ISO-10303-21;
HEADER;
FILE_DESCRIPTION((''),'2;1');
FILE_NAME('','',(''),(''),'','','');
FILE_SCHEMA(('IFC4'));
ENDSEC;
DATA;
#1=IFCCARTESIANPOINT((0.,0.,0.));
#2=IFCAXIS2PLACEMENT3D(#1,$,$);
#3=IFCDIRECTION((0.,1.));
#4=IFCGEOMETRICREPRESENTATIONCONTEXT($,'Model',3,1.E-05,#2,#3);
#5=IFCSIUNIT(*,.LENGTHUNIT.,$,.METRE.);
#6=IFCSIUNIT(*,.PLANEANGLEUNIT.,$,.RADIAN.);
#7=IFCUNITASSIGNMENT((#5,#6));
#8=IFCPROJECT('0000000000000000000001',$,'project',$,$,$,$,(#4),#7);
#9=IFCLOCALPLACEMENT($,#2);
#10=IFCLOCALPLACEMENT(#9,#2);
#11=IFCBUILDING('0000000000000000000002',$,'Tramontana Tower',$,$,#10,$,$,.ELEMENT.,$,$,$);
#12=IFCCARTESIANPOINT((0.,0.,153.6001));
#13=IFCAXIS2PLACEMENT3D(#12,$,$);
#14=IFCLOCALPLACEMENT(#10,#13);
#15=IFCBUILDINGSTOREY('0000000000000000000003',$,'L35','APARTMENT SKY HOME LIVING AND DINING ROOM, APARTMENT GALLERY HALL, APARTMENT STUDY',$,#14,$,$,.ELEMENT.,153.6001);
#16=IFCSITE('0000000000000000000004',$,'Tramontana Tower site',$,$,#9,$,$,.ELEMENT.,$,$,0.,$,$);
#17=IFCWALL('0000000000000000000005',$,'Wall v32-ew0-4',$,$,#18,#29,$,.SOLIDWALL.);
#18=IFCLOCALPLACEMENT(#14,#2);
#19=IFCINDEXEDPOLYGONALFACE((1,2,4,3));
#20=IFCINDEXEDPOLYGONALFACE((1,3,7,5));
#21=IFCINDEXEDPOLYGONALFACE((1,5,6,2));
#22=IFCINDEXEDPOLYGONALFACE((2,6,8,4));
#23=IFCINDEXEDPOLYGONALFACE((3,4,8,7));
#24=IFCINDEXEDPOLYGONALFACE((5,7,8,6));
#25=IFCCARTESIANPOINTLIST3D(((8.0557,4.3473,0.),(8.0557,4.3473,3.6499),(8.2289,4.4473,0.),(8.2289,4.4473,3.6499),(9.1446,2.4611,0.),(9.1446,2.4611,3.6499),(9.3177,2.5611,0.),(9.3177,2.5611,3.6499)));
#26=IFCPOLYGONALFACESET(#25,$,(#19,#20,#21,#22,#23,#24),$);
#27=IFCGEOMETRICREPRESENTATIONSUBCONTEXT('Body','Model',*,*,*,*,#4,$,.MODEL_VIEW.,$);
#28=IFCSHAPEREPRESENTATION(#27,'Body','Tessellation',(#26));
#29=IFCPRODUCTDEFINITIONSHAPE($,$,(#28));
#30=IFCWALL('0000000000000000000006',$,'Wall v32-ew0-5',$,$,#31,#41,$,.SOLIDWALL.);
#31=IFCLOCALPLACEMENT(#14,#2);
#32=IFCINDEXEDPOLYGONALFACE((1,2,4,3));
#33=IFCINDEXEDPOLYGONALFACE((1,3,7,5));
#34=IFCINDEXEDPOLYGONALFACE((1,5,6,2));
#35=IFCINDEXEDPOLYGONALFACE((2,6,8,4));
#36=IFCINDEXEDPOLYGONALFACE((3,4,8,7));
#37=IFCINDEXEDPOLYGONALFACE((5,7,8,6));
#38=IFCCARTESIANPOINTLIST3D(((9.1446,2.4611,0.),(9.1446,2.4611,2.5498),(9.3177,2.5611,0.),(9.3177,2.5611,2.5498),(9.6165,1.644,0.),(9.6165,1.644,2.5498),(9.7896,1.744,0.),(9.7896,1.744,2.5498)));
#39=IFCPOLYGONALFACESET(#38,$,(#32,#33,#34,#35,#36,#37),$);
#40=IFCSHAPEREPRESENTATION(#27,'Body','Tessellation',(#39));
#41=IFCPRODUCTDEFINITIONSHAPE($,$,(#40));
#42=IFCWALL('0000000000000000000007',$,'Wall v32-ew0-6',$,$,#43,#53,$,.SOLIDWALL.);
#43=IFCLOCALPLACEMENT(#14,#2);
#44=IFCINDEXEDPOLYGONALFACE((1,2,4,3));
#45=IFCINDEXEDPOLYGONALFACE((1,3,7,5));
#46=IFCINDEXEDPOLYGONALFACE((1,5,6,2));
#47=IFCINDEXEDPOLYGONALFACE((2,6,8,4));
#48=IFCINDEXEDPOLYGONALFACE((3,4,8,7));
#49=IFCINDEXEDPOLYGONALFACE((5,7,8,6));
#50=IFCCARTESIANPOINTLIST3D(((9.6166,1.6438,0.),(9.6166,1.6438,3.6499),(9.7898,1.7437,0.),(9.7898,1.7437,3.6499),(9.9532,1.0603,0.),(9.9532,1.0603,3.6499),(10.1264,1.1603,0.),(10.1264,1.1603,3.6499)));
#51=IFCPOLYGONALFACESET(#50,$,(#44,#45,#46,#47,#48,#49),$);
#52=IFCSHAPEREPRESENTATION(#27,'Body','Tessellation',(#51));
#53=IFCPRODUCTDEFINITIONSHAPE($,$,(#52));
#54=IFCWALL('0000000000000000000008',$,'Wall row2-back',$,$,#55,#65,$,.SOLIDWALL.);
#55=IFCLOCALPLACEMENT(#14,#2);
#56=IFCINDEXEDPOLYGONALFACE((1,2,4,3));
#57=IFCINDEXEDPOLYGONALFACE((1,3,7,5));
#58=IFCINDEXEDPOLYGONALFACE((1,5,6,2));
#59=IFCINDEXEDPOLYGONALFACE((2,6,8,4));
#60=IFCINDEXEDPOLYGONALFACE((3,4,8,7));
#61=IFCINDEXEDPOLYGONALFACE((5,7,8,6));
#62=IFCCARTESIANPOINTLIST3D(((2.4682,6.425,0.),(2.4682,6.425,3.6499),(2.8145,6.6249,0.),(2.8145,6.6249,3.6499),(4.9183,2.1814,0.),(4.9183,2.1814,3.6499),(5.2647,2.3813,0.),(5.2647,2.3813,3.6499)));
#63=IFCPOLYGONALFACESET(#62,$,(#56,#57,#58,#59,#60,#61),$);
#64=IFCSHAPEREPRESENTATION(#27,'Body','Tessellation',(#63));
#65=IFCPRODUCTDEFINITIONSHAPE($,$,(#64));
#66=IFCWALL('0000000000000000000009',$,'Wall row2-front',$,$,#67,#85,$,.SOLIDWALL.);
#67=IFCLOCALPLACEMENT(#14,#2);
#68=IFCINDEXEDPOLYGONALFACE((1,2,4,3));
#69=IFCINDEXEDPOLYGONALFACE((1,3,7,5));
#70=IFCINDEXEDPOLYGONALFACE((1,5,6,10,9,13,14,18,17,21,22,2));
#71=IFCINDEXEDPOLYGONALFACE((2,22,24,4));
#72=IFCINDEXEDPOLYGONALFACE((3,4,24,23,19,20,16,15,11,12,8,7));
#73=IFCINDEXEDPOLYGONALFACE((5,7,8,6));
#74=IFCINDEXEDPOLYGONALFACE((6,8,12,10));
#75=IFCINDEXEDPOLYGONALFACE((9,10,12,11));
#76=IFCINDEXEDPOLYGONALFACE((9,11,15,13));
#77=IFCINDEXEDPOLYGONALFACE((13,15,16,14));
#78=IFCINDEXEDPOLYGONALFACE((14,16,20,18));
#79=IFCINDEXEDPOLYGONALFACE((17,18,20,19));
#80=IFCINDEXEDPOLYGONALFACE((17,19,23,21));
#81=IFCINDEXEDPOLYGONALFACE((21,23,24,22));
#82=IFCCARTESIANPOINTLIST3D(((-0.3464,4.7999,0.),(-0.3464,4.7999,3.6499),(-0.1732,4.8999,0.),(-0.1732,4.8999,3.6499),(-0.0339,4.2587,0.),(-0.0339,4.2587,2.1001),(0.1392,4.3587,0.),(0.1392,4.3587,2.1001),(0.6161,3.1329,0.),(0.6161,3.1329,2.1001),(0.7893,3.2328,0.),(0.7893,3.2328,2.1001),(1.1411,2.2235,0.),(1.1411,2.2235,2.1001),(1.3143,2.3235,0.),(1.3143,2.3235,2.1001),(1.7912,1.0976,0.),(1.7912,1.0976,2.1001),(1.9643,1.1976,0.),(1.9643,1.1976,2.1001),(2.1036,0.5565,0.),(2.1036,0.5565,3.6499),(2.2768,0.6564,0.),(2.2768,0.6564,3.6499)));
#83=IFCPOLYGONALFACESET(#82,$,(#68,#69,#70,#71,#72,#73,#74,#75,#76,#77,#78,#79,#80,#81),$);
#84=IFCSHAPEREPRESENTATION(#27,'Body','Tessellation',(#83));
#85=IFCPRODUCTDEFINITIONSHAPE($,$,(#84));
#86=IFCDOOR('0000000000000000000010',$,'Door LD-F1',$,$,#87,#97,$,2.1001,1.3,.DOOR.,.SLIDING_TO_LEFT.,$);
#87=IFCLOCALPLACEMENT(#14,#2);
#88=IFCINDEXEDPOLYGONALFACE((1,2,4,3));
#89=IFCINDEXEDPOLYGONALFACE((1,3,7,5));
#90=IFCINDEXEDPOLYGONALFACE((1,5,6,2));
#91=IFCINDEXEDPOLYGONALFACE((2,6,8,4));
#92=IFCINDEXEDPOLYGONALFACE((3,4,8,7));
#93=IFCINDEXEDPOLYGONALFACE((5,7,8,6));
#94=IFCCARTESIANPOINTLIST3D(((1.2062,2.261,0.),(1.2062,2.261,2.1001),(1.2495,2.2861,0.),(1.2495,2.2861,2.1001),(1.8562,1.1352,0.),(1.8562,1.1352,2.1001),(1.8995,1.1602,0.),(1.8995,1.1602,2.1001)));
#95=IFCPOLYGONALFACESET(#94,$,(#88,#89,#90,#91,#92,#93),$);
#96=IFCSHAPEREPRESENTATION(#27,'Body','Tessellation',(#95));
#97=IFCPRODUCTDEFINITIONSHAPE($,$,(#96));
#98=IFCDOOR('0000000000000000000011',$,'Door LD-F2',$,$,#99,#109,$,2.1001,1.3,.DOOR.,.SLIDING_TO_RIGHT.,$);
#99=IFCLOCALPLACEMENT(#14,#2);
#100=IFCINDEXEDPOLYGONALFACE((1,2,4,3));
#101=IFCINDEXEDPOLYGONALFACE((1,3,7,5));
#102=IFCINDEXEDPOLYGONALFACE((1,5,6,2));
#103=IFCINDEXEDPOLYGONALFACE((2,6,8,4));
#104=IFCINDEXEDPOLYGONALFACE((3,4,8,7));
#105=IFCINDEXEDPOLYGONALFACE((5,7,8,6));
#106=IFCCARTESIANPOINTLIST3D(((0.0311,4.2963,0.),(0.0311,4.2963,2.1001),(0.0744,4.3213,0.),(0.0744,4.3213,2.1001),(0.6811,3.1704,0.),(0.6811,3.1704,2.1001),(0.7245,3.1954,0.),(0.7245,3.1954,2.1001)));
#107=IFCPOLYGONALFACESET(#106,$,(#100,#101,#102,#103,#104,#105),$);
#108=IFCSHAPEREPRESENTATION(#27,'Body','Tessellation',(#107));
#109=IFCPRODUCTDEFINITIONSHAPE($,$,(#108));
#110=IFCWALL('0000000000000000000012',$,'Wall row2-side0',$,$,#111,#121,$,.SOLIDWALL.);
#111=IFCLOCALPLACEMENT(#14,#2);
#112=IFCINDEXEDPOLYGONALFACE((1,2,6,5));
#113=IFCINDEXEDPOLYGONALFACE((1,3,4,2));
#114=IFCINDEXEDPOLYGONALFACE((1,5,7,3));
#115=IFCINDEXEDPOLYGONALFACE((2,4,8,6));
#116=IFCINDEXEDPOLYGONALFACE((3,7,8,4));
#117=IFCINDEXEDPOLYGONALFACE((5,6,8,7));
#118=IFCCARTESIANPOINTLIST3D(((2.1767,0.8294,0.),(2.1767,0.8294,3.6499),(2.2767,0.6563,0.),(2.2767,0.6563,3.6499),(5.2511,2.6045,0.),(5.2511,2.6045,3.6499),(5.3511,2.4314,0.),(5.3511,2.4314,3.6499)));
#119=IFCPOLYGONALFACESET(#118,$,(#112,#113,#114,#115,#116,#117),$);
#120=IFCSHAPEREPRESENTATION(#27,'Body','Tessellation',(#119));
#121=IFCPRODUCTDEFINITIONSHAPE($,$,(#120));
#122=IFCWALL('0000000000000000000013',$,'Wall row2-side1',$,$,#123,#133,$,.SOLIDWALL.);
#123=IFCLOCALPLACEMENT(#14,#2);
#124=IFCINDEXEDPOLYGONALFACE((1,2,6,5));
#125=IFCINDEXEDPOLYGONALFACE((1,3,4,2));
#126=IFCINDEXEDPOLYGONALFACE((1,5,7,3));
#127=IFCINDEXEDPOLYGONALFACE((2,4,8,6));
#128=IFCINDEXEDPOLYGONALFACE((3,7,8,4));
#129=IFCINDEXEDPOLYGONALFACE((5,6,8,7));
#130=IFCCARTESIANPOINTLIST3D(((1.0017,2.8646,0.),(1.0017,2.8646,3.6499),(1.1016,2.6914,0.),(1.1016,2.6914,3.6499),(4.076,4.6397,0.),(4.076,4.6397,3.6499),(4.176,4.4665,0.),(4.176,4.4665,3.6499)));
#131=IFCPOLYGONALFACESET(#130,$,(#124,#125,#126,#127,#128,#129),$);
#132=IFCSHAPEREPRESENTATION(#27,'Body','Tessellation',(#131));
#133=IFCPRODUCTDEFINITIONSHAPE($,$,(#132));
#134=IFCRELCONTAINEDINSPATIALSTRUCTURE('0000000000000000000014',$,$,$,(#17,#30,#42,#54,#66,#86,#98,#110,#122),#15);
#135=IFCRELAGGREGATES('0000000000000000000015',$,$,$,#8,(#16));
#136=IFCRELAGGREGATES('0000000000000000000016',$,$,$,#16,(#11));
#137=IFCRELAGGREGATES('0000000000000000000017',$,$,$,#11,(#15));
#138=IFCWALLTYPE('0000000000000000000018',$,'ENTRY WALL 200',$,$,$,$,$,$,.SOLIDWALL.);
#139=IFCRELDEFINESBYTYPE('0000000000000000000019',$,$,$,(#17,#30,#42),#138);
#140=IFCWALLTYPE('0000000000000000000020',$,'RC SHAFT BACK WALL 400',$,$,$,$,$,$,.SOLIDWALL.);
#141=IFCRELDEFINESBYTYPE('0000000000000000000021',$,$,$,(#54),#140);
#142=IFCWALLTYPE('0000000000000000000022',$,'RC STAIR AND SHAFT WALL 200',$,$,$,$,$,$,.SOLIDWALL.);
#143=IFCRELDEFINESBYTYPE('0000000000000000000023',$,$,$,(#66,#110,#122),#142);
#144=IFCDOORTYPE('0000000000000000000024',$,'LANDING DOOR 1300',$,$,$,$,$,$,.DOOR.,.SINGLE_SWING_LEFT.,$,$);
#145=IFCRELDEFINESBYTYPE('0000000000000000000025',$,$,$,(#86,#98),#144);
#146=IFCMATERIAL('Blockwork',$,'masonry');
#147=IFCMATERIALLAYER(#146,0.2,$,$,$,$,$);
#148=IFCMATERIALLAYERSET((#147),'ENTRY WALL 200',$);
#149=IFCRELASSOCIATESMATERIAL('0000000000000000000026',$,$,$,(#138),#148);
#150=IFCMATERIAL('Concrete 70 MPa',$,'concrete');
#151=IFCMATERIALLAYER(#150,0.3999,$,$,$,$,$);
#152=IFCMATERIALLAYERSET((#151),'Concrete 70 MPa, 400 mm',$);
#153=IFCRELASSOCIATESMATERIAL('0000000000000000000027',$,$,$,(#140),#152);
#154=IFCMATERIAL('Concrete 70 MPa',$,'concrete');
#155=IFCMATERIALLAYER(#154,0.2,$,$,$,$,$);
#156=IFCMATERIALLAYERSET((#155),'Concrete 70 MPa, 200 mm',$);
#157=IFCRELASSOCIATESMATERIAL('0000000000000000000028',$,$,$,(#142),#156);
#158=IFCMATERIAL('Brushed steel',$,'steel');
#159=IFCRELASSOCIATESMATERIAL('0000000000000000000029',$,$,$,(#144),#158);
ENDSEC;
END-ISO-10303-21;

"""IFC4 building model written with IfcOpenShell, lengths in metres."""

from ifc_helpers import new_model, si_unit, direction, frame, frame_2d, origin, place, context, subcontext, project, spatial, rectangle, extrude, material, layer, layer_set, type_object, element, fill, save


model = new_model("IFC4")

# Units and contexts
model_context = context("Model", 3, precision=1e-05, world=origin(), true_north=direction((0.0, 1.0)))
body_context = subcontext(model_context, "Body", "Model", "MODEL_VIEW")
ifc_project = project(units=[si_unit("LENGTHUNIT", "METRE"), si_unit("PLANEANGLEUNIT", "RADIAN")], contexts=[model_context])

# Site, building, storey
site_placement = place(None, origin())
site = spatial("IfcSite", under=ifc_project, at=site_placement, Name="Tramontana Tower site", CompositionType="ELEMENT", RefElevation=0.0)
building_placement = place(site_placement, origin())
building = spatial("IfcBuilding", under=site, at=building_placement, Name="Tramontana Tower", CompositionType="ELEMENT")
storey_placement = place(building_placement, frame((0.0, 0.0, 153.6001)))
storey = spatial("IfcBuildingStorey", under=building, at=storey_placement, Name="L35", Description="APARTMENT SKY HOME LIVING AND DINING ROOM, APARTMENT GALLERY HALL, APARTMENT STUDY", CompositionType="ELEMENT", Elevation=153.6001)

# Walls
ifc_material_1 = material(Name="Blockwork", Category="masonry")
ifc_layer_1 = layer(ifc_material_1, 0.2)
ifc_layer_set_1 = layer_set([ifc_layer_1], Name="ENTRY WALL 200")
wall_type_1 = type_object("IfcWallType", Name="ENTRY WALL 200", PredefinedType="SOLIDWALL", material=ifc_layer_set_1)
wall_1_placement = place(storey_placement, frame((8.1423, 4.3972, 0.0), z_axis=(0.0, 0.0, 1.0), x_axis=(0.499949, -0.866055, 0.0)))
element("IfcWall", 1, at=wall_1_placement, inside=storey, type_object=wall_type_1, Name="Wall v32-ew0-4", PredefinedType="SOLIDWALL", context=body_context, shape_type="SweptSolid", body=[
    extrude(rectangle(XDim=2.178, YDim=0.2, at=frame_2d((1.0889, 0.0))), origin(), (0.0, 0.0, 1.0), 3.6499),
])
wall_2_placement = place(storey_placement, frame((9.2312, 2.511, 0.0), z_axis=(0.0, 0.0, 1.0), x_axis=(0.500118, -0.865957, 0.0)))
element("IfcWall", 2, at=wall_2_placement, inside=storey, type_object=wall_type_1, Name="Wall v32-ew0-5", PredefinedType="SOLIDWALL", context=body_context, shape_type="SweptSolid", body=[
    extrude(rectangle(XDim=0.9436, YDim=0.2, at=frame_2d((0.4717, 0.0))), origin(), (0.0, 0.0, 1.0), 2.5498),
])
wall_3_placement = place(storey_placement, frame((9.7031, 1.6938, 0.0), z_axis=(0.0, 0.0, 1.0), x_axis=(0.499764, -0.866161, 0.0)))
element("IfcWall", 3, at=wall_3_placement, inside=storey, type_object=wall_type_1, Name="Wall v32-ew0-6", PredefinedType="SOLIDWALL", context=body_context, shape_type="SweptSolid", body=[
    extrude(rectangle(XDim=0.6736, YDim=0.2, at=frame_2d((0.3369, 0.0))), origin(), (0.0, 0.0, 1.0), 3.6499),
])

# Wall
ifc_material_2 = material(Name="Concrete 70 MPa", Category="concrete")
ifc_layer_2 = layer(ifc_material_2, 0.3999)
ifc_layer_set_2 = layer_set([ifc_layer_2], Name="Concrete 70 MPa, 400 mm")
wall_type_2 = type_object("IfcWallType", Name="RC SHAFT BACK WALL 400", PredefinedType="SOLIDWALL", material=ifc_layer_set_2)
wall_4_placement = place(storey_placement, frame((5.0916, 2.2812, 0.0), z_axis=(0.0, 0.0, 1.0), x_axis=(-0.500019, 0.866015, 0.0)))
element("IfcWall", 4, at=wall_4_placement, inside=storey, type_object=wall_type_2, Name="Wall row2-back", PredefinedType="SOLIDWALL", context=body_context, shape_type="SweptSolid", body=[
    extrude(rectangle(XDim=4.9001, YDim=0.3999, at=frame_2d((2.4502, 0.0))), origin(), (0.0, 0.0, 1.0), 3.6499),
])

# Shared definitions
ifc_material_3 = material(Name="Concrete 70 MPa", Category="concrete")
ifc_layer_3 = layer(ifc_material_3, 0.2)
ifc_layer_set_3 = layer_set([ifc_layer_3], Name="Concrete 70 MPa, 200 mm")
wall_type_3 = type_object("IfcWallType", Name="RC STAIR AND SHAFT WALL 200", PredefinedType="SOLIDWALL", material=ifc_layer_set_3)

# Wall, openings, doors
wall_5_placement = place(storey_placement, frame((2.1902, 0.6064, 0.0), z_axis=(0.0, 0.0, 1.0), x_axis=(-0.500003, 0.866024, 0.0)))
wall_5 = element("IfcWall", 5, at=wall_5_placement, inside=storey, type_object=wall_type_3, Name="Wall row2-front", PredefinedType="SOLIDWALL", context=body_context, shape_type="SweptSolid", body=[
    extrude(rectangle(XDim=4.8999, YDim=0.2, at=frame_2d((2.45, 0.0))), origin(), (0.0, 0.0, 1.0), 3.6499),
])
opening_1_placement = place(wall_5_placement, frame((0.625, 0.0, 0.0)))
opening_1 = element("IfcOpeningElement", 6, at=opening_1_placement, cuts=wall_5, PredefinedType="OPENING", context=body_context, shape_type="SweptSolid", body=[
    extrude(rectangle(XDim=1.3, YDim=2.1001, at=frame_2d((0.6499, 1.05))), frame((0.0, 0.1099, 0.0), z_axis=(0.0, -1.0, 0.0), x_axis=(1.0, 0.0, 0.0)), (0.0, 0.0, 1.0), 0.22),
])
opening_2_placement = place(wall_5_placement, frame((2.9751, 0.0, 0.0)))
opening_2 = element("IfcOpeningElement", 7, at=opening_2_placement, cuts=wall_5, PredefinedType="OPENING", context=body_context, shape_type="SweptSolid", body=[
    extrude(rectangle(XDim=1.3, YDim=2.1001, at=frame_2d((0.6499, 1.05))), frame((0.0, 0.1099, 0.0), z_axis=(0.0, -1.0, 0.0), x_axis=(1.0, 0.0, 0.0)), (0.0, 0.0, 1.0), 0.22),
])
ifc_material_4 = material(Name="Brushed steel", Category="steel")
door_type_1 = type_object("IfcDoorType", Name="LANDING DOOR 1300", OperationType="SINGLE_SWING_LEFT", PredefinedType="DOOR", material=ifc_material_4)
door_1_placement = place(opening_1_placement, origin())
door_1 = element("IfcDoor", 8, at=door_1_placement, inside=storey, type_object=door_type_1, Name="Door LD-F1", OperationType="SLIDING_TO_LEFT", OverallHeight=2.1001, OverallWidth=1.3, PredefinedType="DOOR", context=body_context, shape_type="SweptSolid", body=[
    extrude(rectangle(XDim=1.3, YDim=2.1001, at=frame_2d((0.6499, 1.05))), frame((0.0, 0.0249, 0.0), z_axis=(0.0, -1.0, 0.0), x_axis=(1.0, 0.0, 0.0)), (0.0, 0.0, 1.0), 0.05),
])
fill(opening_1, door_1)
door_2_placement = place(opening_2_placement, origin())
door_2 = element("IfcDoor", 9, at=door_2_placement, inside=storey, type_object=door_type_1, Name="Door LD-F2", OperationType="SLIDING_TO_RIGHT", OverallHeight=2.1001, OverallWidth=1.3, PredefinedType="DOOR", context=body_context, shape_type="SweptSolid", body=[
    extrude(rectangle(XDim=1.3, YDim=2.1001, at=frame_2d((0.6499, 1.05))), frame((0.0, 0.0249, 0.0), z_axis=(0.0, -1.0, 0.0), x_axis=(1.0, 0.0, 0.0)), (0.0, 0.0, 1.0), 0.05),
])
fill(opening_2, door_2)

# Walls
for number, where, z_axis, x_axis, name in (
    (10, (2.2268, 0.7429, 0.0), (0.0, 0.0, 1.0), (0.866013, 0.500022, 0.0), "Wall row2-side0"),
    (11, (1.0518, 2.7781, 0.0), (0.0, 0.0, 1.0), (0.866013, 0.500022, 0.0), "Wall row2-side1"),
):
    element("IfcWall", number, at=place(storey_placement, frame(where, z_axis=z_axis, x_axis=x_axis)), inside=storey, type_object=wall_type_3, Name=name, PredefinedType="SOLIDWALL", context=body_context, shape_type="SweptSolid", body=[
        extrude(rectangle(XDim=3.55, YDim=0.2, at=frame_2d((1.7749, 0.0))), origin(), (0.0, 0.0, 1.0), 3.6499),
    ])

save(model, "model.ifc")
